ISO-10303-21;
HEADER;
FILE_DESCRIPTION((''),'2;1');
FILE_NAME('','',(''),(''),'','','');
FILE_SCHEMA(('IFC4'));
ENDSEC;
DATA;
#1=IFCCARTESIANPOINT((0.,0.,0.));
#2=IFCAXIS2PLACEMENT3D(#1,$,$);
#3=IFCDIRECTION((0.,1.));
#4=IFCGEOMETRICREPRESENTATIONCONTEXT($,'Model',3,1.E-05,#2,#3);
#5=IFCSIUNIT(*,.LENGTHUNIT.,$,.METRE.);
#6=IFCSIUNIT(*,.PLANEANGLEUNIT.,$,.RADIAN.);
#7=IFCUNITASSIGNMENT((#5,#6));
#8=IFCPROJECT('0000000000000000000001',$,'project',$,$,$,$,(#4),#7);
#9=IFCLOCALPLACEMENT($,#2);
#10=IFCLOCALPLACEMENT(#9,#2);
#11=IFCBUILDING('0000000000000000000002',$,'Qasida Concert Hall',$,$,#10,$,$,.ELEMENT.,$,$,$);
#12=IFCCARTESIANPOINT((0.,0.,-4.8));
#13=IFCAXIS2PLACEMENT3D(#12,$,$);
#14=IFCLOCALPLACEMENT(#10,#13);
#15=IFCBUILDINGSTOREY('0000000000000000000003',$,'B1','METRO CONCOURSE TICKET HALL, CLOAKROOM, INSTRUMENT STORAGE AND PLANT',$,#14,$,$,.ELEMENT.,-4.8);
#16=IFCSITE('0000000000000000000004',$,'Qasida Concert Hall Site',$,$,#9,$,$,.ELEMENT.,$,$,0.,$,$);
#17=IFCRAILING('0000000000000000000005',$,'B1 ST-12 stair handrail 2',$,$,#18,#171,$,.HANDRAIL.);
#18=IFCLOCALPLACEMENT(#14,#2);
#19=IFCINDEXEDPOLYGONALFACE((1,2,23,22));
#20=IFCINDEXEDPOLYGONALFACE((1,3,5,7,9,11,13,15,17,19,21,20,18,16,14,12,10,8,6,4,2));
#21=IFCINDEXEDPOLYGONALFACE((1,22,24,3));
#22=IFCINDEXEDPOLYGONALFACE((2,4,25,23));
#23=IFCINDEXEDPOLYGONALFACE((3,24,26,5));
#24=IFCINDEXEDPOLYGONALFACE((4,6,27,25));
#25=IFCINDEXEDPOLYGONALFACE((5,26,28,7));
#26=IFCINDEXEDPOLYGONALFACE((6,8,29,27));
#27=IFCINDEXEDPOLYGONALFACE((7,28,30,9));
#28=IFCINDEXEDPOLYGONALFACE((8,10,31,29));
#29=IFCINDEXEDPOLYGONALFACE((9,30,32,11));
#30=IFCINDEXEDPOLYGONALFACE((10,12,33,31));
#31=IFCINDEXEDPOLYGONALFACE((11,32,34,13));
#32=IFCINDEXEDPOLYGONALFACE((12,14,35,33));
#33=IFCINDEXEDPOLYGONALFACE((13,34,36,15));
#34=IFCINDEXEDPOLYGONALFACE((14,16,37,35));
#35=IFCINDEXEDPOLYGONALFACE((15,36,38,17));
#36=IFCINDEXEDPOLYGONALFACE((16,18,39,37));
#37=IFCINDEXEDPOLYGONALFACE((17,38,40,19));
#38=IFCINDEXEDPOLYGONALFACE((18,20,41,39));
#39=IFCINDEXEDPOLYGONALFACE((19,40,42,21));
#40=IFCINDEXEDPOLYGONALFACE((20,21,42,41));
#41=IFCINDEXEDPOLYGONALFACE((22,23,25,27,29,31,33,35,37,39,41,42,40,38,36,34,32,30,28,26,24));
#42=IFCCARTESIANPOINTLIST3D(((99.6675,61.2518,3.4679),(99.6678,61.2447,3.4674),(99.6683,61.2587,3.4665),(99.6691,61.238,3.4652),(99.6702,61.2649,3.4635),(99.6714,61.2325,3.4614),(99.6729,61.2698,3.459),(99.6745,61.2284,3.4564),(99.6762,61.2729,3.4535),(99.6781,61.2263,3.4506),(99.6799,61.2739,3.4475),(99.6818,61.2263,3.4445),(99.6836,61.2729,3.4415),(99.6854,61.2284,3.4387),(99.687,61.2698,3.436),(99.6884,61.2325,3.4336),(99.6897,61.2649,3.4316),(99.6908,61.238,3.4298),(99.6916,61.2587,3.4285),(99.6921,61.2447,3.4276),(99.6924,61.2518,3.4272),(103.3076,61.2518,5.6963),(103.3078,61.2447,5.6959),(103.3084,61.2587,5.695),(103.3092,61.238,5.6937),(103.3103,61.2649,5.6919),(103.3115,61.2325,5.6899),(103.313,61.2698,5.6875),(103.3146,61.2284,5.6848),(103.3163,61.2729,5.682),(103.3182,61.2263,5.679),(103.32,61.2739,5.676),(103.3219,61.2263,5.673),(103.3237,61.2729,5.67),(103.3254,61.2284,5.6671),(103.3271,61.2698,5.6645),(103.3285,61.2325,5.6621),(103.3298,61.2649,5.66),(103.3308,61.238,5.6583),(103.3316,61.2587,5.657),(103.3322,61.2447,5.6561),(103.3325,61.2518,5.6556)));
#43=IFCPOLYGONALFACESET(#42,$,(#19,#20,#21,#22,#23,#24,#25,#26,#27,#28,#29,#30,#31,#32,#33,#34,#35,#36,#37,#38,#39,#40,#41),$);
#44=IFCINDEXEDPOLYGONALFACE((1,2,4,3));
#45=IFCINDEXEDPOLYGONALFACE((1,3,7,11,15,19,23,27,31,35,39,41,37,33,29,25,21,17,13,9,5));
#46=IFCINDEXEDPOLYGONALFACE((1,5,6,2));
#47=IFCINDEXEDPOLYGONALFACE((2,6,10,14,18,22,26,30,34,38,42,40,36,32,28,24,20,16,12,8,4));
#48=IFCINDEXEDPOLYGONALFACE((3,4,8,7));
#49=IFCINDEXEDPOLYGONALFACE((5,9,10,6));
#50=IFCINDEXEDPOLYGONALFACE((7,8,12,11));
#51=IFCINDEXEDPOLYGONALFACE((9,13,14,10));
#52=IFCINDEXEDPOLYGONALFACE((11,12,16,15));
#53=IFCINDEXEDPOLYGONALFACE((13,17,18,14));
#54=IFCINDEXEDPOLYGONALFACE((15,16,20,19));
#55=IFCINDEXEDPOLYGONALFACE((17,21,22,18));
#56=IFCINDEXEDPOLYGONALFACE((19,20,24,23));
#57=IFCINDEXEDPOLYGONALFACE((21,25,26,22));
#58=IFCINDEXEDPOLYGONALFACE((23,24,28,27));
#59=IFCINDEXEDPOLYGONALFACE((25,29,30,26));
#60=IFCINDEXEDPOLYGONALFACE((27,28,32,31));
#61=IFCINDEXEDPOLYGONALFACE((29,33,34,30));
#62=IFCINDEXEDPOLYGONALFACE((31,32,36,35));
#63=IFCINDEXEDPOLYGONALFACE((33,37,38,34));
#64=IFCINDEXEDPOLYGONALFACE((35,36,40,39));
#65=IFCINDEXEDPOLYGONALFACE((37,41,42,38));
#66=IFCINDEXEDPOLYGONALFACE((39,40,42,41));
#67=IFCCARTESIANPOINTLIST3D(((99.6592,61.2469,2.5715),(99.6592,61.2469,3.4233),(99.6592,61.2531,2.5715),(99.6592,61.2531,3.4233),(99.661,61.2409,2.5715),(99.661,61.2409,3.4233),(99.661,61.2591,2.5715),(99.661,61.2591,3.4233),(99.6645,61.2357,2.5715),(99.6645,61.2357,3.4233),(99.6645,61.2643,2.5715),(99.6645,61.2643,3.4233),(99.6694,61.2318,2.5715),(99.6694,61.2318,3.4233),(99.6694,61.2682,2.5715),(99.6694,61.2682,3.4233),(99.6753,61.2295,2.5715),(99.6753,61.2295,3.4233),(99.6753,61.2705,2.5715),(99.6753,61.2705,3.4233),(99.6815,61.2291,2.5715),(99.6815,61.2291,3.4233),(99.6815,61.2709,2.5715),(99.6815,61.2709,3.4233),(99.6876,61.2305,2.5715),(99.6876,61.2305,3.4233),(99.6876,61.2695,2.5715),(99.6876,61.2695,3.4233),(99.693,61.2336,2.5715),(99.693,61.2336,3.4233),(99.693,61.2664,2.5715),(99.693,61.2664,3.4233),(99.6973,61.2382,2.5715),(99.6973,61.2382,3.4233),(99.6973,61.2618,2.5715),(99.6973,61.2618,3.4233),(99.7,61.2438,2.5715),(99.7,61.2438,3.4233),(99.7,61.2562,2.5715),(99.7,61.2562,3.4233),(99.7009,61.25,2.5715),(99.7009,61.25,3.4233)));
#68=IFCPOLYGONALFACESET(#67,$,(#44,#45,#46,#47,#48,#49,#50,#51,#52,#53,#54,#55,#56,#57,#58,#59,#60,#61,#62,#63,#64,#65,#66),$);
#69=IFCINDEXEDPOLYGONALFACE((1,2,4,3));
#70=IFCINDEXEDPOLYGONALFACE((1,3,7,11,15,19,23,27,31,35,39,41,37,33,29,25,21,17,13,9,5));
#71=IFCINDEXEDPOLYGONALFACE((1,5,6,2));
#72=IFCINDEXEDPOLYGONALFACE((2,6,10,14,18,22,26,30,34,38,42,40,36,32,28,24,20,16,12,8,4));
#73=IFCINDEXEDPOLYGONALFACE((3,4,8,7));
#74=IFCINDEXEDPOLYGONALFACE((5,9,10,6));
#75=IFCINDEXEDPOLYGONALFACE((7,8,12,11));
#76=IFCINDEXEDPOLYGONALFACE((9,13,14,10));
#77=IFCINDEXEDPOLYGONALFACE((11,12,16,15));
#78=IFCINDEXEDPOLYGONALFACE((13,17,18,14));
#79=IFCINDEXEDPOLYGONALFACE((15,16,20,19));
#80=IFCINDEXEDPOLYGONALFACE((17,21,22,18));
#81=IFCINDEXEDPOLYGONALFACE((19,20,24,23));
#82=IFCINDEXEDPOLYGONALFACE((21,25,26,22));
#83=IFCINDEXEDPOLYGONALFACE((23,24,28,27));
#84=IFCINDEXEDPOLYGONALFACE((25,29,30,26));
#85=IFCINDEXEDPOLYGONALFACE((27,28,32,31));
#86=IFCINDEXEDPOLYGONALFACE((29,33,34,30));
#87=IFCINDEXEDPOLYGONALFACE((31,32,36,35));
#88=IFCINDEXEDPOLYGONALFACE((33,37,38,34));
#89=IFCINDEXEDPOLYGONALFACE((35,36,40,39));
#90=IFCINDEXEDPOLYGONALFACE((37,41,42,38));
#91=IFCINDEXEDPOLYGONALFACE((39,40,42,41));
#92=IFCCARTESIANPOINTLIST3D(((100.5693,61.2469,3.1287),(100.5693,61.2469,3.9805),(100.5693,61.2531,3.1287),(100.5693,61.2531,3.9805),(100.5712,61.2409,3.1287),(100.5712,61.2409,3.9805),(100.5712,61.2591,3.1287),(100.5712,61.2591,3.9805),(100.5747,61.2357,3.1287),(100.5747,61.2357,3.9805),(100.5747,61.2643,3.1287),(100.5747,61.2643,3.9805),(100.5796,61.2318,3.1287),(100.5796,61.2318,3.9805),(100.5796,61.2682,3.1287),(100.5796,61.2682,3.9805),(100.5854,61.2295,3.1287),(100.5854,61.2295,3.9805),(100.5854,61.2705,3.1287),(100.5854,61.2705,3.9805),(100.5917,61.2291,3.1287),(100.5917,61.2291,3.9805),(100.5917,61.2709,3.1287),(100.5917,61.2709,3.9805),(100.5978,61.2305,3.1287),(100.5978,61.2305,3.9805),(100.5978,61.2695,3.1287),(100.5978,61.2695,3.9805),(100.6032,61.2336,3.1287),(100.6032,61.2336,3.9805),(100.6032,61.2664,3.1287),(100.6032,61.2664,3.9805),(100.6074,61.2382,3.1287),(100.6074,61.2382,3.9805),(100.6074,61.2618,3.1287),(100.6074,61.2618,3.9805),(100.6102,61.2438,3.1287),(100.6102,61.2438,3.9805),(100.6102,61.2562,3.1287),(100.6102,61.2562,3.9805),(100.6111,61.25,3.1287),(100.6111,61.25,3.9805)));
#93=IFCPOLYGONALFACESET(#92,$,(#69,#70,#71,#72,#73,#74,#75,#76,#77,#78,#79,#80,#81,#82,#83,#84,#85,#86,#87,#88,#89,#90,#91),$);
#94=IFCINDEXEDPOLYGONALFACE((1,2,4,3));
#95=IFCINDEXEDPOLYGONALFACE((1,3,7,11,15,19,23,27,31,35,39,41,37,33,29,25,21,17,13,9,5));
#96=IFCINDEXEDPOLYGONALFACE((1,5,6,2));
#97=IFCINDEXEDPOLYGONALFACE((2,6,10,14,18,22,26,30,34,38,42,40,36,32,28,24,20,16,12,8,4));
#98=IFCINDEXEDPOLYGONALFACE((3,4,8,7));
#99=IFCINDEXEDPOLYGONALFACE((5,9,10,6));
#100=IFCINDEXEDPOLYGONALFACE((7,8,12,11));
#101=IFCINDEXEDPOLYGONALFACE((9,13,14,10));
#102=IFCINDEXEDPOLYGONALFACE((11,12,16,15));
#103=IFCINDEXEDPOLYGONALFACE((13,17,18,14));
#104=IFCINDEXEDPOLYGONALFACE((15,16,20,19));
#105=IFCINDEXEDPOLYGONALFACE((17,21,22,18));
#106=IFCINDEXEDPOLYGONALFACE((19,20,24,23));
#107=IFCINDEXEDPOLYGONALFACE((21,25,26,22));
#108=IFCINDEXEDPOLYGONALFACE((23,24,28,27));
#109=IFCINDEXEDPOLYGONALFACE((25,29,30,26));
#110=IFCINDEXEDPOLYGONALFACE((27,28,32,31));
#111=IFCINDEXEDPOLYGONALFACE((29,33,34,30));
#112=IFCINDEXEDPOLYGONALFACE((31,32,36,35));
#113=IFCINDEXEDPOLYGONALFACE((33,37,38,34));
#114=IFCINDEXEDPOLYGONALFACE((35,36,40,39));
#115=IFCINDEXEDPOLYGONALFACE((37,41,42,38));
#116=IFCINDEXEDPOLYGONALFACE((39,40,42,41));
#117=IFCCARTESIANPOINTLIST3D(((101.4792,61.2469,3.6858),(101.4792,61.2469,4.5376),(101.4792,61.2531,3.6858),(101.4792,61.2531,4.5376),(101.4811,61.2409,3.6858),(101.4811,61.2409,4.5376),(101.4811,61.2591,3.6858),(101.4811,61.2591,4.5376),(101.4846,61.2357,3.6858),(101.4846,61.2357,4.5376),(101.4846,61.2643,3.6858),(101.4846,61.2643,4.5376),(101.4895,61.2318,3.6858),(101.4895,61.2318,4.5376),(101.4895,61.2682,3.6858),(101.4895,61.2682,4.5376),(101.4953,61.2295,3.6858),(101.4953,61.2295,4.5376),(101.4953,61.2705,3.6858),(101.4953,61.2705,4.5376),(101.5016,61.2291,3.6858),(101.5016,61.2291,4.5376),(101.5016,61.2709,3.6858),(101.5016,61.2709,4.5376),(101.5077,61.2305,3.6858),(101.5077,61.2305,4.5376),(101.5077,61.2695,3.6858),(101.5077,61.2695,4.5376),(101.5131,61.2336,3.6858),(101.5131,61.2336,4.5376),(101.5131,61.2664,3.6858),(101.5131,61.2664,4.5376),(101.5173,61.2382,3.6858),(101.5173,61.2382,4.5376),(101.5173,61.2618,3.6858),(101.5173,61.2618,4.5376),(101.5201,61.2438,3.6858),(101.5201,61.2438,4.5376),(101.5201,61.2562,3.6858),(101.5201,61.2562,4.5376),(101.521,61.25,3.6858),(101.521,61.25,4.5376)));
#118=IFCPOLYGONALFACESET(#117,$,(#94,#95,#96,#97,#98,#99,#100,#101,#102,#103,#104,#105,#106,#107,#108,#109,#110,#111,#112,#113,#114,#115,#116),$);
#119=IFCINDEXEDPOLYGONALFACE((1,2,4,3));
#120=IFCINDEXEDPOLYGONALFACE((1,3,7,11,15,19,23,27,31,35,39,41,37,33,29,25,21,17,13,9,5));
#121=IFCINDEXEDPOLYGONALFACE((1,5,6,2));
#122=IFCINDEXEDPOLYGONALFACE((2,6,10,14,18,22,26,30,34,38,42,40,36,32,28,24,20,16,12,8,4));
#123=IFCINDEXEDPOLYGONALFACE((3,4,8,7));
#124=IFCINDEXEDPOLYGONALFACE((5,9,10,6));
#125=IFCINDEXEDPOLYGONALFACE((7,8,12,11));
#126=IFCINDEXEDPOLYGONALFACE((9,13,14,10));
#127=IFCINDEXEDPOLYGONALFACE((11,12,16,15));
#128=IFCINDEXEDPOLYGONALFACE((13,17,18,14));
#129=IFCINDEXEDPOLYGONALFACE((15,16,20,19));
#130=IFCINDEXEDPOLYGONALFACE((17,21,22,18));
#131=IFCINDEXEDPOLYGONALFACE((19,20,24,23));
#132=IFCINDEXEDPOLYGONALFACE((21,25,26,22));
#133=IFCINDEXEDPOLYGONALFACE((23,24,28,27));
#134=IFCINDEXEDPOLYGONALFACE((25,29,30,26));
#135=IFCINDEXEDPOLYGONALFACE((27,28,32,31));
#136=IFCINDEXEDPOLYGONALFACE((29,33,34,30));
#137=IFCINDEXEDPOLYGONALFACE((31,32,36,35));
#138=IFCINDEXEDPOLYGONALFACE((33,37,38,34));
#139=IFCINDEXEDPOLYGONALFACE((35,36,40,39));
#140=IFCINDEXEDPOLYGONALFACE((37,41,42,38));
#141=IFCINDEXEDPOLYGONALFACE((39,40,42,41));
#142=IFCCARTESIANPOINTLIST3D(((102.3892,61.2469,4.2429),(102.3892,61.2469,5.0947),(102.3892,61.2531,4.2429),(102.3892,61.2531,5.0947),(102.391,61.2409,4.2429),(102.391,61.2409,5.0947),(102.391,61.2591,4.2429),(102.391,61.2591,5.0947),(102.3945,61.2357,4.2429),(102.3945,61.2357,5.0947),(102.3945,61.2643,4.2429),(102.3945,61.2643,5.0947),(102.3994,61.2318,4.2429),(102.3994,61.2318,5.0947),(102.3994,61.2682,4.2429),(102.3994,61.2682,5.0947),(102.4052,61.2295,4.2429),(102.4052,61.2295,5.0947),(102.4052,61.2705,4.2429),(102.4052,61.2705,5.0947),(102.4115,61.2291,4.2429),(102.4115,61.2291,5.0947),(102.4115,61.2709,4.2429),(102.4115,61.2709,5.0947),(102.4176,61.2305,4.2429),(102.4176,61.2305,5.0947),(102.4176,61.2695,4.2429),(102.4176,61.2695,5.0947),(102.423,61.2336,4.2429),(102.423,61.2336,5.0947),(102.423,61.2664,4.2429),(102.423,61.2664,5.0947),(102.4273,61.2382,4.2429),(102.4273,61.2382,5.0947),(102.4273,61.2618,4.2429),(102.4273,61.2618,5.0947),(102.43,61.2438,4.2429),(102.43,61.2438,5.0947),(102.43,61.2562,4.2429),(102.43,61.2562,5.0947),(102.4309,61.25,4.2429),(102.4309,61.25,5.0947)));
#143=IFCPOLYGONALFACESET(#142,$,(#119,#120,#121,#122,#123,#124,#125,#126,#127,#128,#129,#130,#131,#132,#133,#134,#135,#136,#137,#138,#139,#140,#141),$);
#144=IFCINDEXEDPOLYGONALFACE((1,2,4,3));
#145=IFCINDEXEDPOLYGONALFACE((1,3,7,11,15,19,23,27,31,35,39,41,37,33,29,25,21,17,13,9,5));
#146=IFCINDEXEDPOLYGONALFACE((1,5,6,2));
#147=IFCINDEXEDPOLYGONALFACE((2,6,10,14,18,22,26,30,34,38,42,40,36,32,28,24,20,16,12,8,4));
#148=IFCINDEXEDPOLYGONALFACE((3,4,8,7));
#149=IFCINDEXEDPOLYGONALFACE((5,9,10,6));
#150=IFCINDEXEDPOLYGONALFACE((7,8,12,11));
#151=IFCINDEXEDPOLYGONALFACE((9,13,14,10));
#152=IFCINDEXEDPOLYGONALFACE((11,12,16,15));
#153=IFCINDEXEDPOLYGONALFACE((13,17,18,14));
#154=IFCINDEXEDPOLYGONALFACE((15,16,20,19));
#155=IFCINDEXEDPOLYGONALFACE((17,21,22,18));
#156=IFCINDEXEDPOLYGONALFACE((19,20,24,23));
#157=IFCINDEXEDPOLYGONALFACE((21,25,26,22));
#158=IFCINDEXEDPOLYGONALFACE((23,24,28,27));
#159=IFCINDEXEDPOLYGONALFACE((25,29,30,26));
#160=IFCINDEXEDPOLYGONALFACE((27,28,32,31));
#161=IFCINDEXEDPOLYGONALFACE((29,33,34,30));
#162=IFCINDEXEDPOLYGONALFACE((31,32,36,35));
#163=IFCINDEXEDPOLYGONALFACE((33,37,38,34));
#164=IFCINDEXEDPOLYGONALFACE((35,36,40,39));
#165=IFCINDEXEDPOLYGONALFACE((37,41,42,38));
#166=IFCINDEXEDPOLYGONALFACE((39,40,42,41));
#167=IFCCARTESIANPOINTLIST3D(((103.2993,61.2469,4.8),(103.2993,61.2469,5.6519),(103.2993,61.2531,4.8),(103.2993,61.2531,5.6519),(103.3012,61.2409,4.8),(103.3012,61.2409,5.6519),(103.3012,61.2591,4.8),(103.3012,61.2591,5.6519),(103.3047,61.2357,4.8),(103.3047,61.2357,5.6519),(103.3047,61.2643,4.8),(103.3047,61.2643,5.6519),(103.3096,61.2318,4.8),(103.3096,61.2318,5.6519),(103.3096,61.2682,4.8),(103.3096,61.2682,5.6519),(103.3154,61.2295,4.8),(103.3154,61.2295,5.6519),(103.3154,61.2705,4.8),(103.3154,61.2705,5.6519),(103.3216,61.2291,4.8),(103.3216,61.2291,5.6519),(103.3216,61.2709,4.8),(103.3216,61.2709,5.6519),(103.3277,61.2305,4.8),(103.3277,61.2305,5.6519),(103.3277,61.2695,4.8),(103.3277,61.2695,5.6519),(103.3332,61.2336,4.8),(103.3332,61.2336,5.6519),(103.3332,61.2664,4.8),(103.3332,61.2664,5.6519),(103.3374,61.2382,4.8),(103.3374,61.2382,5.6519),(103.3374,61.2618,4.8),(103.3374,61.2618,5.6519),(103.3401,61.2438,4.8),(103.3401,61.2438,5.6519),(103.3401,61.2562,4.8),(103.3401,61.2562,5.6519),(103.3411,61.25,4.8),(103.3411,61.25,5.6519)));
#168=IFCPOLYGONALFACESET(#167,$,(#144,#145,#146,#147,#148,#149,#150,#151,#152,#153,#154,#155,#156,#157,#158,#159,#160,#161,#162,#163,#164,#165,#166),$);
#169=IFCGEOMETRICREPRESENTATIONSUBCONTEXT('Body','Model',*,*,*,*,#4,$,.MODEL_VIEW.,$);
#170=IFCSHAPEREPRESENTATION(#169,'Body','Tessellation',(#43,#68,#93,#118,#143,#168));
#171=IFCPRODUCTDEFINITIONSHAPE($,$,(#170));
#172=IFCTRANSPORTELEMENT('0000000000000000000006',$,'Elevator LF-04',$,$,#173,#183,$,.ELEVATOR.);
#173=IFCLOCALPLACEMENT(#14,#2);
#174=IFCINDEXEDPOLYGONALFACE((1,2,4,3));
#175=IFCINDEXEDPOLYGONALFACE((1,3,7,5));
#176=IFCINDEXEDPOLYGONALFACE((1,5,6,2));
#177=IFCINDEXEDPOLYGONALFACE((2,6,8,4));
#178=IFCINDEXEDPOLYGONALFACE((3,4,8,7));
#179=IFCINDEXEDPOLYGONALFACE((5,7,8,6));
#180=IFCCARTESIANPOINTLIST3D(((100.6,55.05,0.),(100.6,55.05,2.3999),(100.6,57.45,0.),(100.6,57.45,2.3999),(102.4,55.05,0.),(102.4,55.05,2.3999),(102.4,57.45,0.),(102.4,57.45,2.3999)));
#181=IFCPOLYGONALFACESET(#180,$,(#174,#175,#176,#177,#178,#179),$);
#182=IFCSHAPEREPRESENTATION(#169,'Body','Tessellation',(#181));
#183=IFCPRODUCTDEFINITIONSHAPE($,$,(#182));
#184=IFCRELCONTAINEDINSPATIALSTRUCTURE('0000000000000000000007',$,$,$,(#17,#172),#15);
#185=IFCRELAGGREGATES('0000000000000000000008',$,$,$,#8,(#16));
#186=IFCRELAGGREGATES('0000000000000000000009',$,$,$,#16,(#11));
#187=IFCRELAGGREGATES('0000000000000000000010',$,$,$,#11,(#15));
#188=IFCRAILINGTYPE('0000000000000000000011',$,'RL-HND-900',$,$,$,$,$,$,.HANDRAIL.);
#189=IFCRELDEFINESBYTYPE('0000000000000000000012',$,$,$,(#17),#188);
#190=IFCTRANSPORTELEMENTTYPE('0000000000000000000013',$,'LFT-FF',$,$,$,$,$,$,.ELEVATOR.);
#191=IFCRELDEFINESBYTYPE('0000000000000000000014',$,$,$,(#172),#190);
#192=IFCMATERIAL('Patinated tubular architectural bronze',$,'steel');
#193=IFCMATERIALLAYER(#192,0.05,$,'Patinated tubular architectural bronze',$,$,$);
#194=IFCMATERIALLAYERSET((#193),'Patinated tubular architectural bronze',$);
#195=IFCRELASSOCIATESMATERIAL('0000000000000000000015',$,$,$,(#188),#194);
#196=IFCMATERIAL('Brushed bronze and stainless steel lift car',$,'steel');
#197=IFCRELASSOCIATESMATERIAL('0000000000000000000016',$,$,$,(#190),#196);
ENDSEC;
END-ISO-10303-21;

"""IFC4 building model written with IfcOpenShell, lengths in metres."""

from ifc_helpers import new_model, si_unit, direction, frame, origin, origin_2d, place, context, subcontext, project, spatial, rectangle, circle, extrude, material, layer, layer_set, type_object, element, save


model = new_model("IFC4")

# Units and contexts
model_context = context("Model", 3, precision=1e-05, world=origin(), true_north=direction((0.0, 1.0)))
body_context = subcontext(model_context, "Body", "Model", "MODEL_VIEW")
ifc_project = project(units=[si_unit("LENGTHUNIT", "METRE"), si_unit("PLANEANGLEUNIT", "RADIAN")], contexts=[model_context])

# Site, building, storey
site_placement = place(None, origin())
site = spatial("IfcSite", under=ifc_project, at=site_placement, Name="Qasida Concert Hall Site", CompositionType="ELEMENT", RefElevation=0.0)
building_placement = place(site_placement, origin())
building = spatial("IfcBuilding", under=site, at=building_placement, Name="Qasida Concert Hall", CompositionType="ELEMENT")
storey_placement = place(building_placement, frame((0.0, 0.0, -4.8)))
storey = spatial("IfcBuildingStorey", under=building, at=storey_placement, Name="B1", Description="METRO CONCOURSE TICKET HALL, CLOAKROOM, INSTRUMENT STORAGE AND PLANT", CompositionType="ELEMENT", Elevation=-4.8)

# Railing
ifc_material_1 = material(Name="Patinated tubular architectural bronze", Category="steel")
ifc_layer_1 = layer(ifc_material_1, 0.05, Name="Patinated tubular architectural bronze")
ifc_layer_set_1 = layer_set([ifc_layer_1], Name="Patinated tubular architectural bronze")
railing_type_1 = type_object("IfcRailingType", Name="RL-HND-900", PredefinedType="HANDRAIL", material=ifc_layer_set_1)
railing_1_placement = place(storey_placement, frame((99.6799, 61.25, 2.5715)))
element("IfcRailing", 1, at=railing_1_placement, inside=storey, type_object=railing_type_1, Name="B1 ST-12 stair handrail 2", PredefinedType="HANDRAIL", context=body_context, shape_type="SweptSolid", body=[
    extrude(circle(Radius=0.0239, at=origin_2d()), frame((0.0, 0.0, 0.876), z_axis=(0.852866, 0.0, 0.52213), x_axis=(0.0, 1.0, 0.0)), (0.0, 0.0, 1.0), 4.2681),
    extrude(circle(Radius=0.021, at=origin_2d()), origin(), (0.0, 0.0, 1.0), 0.8518),
    extrude(circle(Radius=0.021, at=origin_2d()), frame((0.9102, 0.0, 0.5571)), (0.0, 0.0, 1.0), 0.8518),
    extrude(circle(Radius=0.021, at=origin_2d()), frame((1.8201, 0.0, 1.1143)), (0.0, 0.0, 1.0), 0.8518),
    extrude(circle(Radius=0.021, at=origin_2d()), frame((2.73, 0.0, 1.6714)), (0.0, 0.0, 1.0), 0.8518),
    extrude(circle(Radius=0.021, at=origin_2d()), frame((3.6401, 0.0, 2.2285)), (0.0, 0.0, 1.0), 0.8518),
])

# Transport element
ifc_material_2 = material(Name="Brushed bronze and stainless steel lift car", Category="steel")
transport_element_type = type_object("IfcTransportElementType", Name="LFT-FF", PredefinedType="ELEVATOR", material=ifc_material_2)
transport_element_placement = place(storey_placement, frame((101.5, 56.25, 0.0), z_axis=(0.0, 0.0, 1.0), x_axis=(1.0, 0.0, 0.0)))
element("IfcTransportElement", 2, at=transport_element_placement, inside=storey, type_object=transport_element_type, Name="Elevator LF-04", PredefinedType="ELEVATOR", context=body_context, shape_type="SweptSolid", body=[
    extrude(rectangle(XDim=1.8, YDim=2.3999, at=origin_2d()), origin(), (0.0, 0.0, 1.0), 2.3999),
])

save(model, "model.ifc")
